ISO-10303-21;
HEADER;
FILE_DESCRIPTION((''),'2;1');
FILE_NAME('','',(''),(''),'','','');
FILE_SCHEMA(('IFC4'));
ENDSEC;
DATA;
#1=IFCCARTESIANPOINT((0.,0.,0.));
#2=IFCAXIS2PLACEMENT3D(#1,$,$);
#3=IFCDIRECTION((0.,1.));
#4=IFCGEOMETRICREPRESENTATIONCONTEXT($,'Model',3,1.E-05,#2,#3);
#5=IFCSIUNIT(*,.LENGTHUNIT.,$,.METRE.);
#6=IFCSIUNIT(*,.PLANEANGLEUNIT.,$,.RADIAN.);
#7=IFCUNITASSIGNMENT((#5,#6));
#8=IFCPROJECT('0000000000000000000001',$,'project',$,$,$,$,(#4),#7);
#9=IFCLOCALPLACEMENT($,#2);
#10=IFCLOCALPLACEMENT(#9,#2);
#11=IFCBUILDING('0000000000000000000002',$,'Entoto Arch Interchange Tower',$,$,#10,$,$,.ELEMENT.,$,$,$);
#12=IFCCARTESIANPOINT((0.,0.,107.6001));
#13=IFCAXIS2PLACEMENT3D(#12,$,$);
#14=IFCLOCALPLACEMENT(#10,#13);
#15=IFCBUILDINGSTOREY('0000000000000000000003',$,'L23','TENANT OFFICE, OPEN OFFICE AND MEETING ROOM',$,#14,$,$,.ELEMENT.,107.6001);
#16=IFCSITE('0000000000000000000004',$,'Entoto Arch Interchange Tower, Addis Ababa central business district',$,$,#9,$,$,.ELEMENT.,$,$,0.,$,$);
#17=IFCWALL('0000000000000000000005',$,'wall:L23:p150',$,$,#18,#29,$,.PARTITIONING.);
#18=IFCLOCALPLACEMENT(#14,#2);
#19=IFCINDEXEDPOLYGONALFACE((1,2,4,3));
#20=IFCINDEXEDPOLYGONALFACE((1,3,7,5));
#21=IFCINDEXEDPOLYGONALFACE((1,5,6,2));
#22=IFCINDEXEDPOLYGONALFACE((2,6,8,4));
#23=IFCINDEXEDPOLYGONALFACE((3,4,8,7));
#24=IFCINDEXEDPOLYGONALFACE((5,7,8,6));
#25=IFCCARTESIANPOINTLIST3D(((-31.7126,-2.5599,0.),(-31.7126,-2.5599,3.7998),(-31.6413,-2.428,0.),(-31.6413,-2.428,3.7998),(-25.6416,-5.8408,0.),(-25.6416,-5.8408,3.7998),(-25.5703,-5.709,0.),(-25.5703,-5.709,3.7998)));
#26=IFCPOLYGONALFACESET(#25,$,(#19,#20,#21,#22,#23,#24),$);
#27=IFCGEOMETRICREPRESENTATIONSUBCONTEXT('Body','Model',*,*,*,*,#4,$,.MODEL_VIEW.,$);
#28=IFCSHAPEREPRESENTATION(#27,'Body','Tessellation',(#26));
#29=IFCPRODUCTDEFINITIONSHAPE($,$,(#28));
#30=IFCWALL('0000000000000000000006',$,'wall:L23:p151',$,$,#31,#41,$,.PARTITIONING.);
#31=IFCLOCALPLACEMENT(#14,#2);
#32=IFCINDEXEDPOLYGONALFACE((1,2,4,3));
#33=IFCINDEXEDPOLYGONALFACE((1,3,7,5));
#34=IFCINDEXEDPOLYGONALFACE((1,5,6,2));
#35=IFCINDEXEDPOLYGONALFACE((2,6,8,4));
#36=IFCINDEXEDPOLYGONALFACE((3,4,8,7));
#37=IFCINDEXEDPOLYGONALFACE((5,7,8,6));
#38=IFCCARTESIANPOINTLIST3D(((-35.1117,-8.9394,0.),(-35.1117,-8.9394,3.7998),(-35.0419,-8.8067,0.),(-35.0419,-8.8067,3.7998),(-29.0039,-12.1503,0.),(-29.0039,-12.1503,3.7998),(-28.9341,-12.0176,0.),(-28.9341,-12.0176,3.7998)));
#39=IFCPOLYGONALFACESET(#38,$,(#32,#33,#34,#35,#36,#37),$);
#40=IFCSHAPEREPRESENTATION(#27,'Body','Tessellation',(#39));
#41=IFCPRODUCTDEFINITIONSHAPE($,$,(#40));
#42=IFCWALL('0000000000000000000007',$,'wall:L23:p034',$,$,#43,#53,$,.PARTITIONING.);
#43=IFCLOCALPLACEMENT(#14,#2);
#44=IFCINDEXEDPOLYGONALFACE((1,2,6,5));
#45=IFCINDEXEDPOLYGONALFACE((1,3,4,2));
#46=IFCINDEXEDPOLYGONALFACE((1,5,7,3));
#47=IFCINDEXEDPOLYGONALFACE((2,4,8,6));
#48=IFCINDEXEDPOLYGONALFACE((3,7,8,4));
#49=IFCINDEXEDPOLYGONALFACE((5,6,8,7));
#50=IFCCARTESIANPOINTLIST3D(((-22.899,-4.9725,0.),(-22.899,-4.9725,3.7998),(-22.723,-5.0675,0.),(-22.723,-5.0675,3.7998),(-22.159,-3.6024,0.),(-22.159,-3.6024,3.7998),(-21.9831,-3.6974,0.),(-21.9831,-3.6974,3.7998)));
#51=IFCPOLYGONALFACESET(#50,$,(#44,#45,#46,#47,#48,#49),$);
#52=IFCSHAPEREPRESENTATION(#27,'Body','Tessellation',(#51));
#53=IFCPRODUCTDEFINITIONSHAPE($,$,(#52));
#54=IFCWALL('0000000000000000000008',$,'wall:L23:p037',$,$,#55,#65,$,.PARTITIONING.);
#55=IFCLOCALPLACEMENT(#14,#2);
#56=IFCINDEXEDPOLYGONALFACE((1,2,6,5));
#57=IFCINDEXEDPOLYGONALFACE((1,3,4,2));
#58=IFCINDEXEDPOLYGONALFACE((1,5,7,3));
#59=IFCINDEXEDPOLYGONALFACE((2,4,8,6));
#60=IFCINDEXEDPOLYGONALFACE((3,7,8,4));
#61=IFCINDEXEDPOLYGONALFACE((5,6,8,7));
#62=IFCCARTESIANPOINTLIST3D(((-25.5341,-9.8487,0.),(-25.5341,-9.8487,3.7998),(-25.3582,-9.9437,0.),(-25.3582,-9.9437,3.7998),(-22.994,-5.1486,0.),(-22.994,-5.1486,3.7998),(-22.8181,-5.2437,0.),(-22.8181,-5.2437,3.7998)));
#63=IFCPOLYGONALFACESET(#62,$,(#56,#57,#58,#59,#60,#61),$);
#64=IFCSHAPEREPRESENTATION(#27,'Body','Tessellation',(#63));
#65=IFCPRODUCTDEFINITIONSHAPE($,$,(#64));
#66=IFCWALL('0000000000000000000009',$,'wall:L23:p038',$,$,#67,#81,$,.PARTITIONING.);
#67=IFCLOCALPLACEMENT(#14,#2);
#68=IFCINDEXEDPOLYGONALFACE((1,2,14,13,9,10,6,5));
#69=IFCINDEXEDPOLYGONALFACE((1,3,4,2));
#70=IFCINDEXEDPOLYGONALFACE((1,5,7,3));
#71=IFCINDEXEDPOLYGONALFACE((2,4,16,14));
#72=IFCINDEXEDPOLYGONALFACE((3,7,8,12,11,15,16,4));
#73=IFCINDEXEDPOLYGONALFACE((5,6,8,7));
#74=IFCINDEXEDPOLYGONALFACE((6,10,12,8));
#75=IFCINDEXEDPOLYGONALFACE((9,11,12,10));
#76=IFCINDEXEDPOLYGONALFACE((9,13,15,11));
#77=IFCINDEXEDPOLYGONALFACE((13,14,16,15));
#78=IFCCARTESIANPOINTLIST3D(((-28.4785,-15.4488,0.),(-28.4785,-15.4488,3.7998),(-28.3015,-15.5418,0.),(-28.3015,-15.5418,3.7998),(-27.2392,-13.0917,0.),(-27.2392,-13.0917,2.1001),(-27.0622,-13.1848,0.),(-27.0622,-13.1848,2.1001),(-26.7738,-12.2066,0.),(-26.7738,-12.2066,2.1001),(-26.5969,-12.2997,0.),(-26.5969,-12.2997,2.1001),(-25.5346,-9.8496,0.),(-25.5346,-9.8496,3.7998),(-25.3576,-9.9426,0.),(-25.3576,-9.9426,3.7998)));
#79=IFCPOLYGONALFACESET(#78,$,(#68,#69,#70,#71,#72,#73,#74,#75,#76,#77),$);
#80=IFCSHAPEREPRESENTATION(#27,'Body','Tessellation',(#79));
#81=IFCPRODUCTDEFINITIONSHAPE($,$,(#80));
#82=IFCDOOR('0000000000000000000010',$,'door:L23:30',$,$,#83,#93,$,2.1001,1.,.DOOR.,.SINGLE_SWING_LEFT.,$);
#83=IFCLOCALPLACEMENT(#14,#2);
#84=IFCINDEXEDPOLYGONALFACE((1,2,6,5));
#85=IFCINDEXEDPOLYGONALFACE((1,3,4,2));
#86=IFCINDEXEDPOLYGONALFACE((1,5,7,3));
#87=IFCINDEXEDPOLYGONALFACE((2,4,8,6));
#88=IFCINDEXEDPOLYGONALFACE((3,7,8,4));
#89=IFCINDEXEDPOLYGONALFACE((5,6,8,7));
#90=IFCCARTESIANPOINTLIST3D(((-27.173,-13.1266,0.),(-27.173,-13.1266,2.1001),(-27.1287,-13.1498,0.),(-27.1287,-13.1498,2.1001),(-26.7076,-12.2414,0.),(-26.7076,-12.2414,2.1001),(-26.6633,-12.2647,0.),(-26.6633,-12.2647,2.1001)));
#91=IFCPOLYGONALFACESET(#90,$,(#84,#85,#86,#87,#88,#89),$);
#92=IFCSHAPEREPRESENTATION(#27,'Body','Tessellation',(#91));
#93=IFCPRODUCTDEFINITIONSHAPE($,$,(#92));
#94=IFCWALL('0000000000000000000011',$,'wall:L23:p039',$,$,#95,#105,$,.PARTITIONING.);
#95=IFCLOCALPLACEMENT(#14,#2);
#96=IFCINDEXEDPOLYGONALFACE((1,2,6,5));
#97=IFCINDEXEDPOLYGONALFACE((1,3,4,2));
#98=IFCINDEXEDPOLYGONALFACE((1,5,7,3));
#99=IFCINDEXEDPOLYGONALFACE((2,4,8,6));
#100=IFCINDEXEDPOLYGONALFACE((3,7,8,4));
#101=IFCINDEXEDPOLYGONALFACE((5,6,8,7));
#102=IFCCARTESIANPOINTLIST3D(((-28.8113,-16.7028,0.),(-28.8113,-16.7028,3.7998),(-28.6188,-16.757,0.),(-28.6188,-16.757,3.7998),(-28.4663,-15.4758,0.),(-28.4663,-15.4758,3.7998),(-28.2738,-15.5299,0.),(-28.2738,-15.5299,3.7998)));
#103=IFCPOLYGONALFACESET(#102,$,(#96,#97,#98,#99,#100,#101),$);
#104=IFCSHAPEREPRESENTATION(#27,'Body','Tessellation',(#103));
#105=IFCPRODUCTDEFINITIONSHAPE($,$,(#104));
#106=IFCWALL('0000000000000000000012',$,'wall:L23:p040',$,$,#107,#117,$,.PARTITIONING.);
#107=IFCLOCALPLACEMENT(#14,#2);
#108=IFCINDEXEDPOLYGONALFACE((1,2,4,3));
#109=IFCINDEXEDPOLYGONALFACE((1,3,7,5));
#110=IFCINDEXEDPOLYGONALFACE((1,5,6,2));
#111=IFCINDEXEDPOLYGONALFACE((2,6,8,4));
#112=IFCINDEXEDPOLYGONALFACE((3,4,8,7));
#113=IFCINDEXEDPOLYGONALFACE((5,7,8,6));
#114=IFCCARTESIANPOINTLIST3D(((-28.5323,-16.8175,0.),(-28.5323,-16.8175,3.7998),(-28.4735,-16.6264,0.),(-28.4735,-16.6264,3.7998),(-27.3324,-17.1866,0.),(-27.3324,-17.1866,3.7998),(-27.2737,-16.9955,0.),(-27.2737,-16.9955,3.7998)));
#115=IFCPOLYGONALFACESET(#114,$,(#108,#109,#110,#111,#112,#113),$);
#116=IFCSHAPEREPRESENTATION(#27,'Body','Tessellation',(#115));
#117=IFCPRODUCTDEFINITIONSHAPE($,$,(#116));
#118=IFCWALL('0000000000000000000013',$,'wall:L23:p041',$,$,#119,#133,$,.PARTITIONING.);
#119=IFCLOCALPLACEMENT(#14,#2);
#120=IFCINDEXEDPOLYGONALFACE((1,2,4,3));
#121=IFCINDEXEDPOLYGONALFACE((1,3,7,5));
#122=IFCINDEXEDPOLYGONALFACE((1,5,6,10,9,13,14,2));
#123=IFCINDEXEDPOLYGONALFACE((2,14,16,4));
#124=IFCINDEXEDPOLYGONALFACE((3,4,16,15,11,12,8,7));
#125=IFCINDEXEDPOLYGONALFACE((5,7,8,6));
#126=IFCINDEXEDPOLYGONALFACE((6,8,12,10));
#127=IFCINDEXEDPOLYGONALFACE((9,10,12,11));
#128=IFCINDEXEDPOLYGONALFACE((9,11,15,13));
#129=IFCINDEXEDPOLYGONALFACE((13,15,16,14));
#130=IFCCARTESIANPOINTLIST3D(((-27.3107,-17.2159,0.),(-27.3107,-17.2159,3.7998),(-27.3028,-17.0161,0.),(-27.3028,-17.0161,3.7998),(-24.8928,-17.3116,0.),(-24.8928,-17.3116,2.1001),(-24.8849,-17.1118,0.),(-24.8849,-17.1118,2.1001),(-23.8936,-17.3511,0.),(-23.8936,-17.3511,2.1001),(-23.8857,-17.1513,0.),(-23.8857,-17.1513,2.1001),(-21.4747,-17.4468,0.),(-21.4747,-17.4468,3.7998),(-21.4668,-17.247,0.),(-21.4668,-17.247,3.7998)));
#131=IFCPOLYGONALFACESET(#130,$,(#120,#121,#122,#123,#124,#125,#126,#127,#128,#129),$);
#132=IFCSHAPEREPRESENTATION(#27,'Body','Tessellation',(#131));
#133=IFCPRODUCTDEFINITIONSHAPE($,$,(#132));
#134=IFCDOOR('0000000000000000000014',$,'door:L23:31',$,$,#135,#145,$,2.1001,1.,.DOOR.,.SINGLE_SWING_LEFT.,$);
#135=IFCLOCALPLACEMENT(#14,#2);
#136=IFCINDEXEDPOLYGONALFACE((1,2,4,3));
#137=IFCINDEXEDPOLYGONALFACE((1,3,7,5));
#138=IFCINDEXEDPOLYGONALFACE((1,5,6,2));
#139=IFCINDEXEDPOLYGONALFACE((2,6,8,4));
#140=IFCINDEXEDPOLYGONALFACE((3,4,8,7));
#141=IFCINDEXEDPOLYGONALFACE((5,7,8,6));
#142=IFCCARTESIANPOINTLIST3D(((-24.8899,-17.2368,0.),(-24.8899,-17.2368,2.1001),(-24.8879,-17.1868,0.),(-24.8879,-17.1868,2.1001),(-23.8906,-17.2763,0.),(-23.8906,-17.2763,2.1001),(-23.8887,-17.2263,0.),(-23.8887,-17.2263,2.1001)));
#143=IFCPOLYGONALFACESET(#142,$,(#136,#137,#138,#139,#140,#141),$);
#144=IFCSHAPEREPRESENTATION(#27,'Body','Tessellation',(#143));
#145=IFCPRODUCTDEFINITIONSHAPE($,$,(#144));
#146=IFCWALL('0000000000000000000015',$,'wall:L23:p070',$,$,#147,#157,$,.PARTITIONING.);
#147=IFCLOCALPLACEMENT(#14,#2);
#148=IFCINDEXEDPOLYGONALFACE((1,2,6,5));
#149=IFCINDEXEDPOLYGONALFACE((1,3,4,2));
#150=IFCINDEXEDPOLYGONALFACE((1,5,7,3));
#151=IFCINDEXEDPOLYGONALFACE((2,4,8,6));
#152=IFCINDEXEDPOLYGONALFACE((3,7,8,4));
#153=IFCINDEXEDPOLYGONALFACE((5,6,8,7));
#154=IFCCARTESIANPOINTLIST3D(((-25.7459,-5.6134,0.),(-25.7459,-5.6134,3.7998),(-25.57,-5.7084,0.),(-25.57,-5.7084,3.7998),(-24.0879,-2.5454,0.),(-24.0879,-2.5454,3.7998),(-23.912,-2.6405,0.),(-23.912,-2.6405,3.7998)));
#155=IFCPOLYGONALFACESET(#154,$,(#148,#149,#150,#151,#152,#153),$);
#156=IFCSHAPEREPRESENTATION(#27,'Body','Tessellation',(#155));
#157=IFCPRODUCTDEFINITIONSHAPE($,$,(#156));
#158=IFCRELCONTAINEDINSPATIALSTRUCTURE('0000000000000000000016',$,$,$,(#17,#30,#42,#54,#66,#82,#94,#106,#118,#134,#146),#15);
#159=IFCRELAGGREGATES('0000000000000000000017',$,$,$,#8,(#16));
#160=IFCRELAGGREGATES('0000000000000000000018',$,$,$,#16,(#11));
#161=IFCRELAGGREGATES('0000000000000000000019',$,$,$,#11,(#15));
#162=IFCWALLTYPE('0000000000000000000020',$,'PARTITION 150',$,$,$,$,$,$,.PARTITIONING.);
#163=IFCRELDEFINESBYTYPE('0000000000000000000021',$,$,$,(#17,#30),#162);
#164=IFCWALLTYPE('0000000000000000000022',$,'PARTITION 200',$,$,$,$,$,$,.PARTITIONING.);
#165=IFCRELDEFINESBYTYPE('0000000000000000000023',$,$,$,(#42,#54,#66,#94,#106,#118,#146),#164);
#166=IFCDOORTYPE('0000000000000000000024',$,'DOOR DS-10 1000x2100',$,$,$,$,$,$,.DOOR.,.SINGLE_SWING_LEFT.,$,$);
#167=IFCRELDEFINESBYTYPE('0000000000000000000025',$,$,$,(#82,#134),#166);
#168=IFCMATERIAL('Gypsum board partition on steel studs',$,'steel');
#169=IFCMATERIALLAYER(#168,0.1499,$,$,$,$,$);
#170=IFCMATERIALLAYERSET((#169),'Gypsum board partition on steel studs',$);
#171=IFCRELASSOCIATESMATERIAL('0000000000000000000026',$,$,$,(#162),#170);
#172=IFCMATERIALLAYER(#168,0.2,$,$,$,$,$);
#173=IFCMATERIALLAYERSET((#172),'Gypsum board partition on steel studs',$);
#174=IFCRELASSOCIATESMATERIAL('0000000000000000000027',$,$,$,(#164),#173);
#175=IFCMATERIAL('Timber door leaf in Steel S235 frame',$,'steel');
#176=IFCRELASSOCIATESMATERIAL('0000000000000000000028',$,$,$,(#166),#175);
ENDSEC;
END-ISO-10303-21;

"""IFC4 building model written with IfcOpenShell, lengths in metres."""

from ifc_helpers import new_model, si_unit, direction, frame, frame_2d, origin, place, context, subcontext, project, spatial, rectangle, extrude, material, layer, layer_set, type_object, element, fill, save


model = new_model("IFC4")

# Units and contexts
model_context = context("Model", 3, precision=1e-05, world=origin(), true_north=direction((0.0, 1.0)))
body_context = subcontext(model_context, "Body", "Model", "MODEL_VIEW")
ifc_project = project(units=[si_unit("LENGTHUNIT", "METRE"), si_unit("PLANEANGLEUNIT", "RADIAN")], contexts=[model_context])

# Site, building, storey
site_placement = place(None, origin())
site = spatial("IfcSite", under=ifc_project, at=site_placement, Name="Entoto Arch Interchange Tower, Addis Ababa central business district", CompositionType="ELEMENT", RefElevation=0.0)
building_placement = place(site_placement, origin())
building = spatial("IfcBuilding", under=site, at=building_placement, Name="Entoto Arch Interchange Tower", CompositionType="ELEMENT")
storey_placement = place(building_placement, frame((0.0, 0.0, 107.6001)))
storey = spatial("IfcBuildingStorey", under=building, at=storey_placement, Name="L23", Description="TENANT OFFICE, OPEN OFFICE AND MEETING ROOM", CompositionType="ELEMENT", Elevation=107.6001)

# Walls
ifc_material_1 = material(Name="Gypsum board partition on steel studs", Category="steel")
ifc_layer_1 = layer(ifc_material_1, 0.1499)
ifc_layer_set_1 = layer_set([ifc_layer_1], Name="Gypsum board partition on steel studs")
wall_type_1 = type_object("IfcWallType", Name="PARTITION 150", PredefinedType="PARTITIONING", material=ifc_layer_set_1)
wall_1_placement = place(storey_placement, frame((-25.606, -5.7749, 0.0), z_axis=(0.0, 0.0, 1.0), x_axis=(-0.879745, 0.475445, 0.0)))
element("IfcWall", 1, at=wall_1_placement, inside=storey, type_object=wall_type_1, Name="wall:L23:p150", PredefinedType="PARTITIONING", context=body_context, shape_type="SweptSolid", body=[
    extrude(rectangle(XDim=6.9009, YDim=0.1499, at=frame_2d((3.4504, 0.0))), origin(), (0.0, 0.0, 1.0), 3.7998),
])
wall_2_placement = place(storey_placement, frame((-28.969, -12.084, 0.0), z_axis=(0.0, 0.0, 1.0), x_axis=(-0.885142, 0.465321, 0.0)))
element("IfcWall", 2, at=wall_2_placement, inside=storey, type_object=wall_type_1, Name="wall:L23:p151", PredefinedType="PARTITIONING", context=body_context, shape_type="SweptSolid", body=[
    extrude(rectangle(XDim=6.9004, YDim=0.1499, at=frame_2d((3.4502, 0.0))), origin(), (0.0, 0.0, 1.0), 3.7998),
])
ifc_layer_2 = layer(ifc_material_1, 0.2)
ifc_layer_set_2 = layer_set([ifc_layer_2], Name="Gypsum board partition on steel studs")
wall_type_2 = type_object("IfcWallType", Name="PARTITION 200", PredefinedType="PARTITIONING", material=ifc_layer_set_2)
wall_3_placement = place(storey_placement, frame((-22.071, -3.6499, 0.0), z_axis=(0.0, 0.0, 1.0), x_axis=(-0.475212, -0.879871, 0.0)))
element("IfcWall", 3, at=wall_3_placement, inside=storey, type_object=wall_type_2, Name="wall:L23:p034", PredefinedType="PARTITIONING", context=body_context, shape_type="SweptSolid", body=[
    extrude(rectangle(XDim=1.5571, YDim=0.2, at=frame_2d((0.7786, 0.0))), origin(), (0.0, 0.0, 1.0), 3.7998),
])
wall_4_placement = place(storey_placement, frame((-22.906, -5.196, 0.0), z_axis=(0.0, 0.0, 1.0), x_axis=(-0.475448, -0.879744, 0.0)))
element("IfcWall", 4, at=wall_4_placement, inside=storey, type_object=wall_type_2, Name="wall:L23:p037", PredefinedType="PARTITIONING", context=body_context, shape_type="SweptSolid", body=[
    extrude(rectangle(XDim=5.3425, YDim=0.2, at=frame_2d((2.6714, 0.0))), origin(), (0.0, 0.0, 1.0), 3.7998),
])

# Wall, opening, door
wall_5_placement = place(storey_placement, frame((-25.446, -9.896, 0.0), z_axis=(0.0, 0.0, 1.0), x_axis=(-0.465368, -0.885117, 0.0)))
wall_5 = element("IfcWall", 5, at=wall_5_placement, inside=storey, type_object=wall_type_2, Name="wall:L23:p038", PredefinedType="PARTITIONING", context=body_context, shape_type="SweptSolid", body=[
    extrude(rectangle(XDim=6.3259, YDim=0.2, at=frame_2d((3.1631, 0.0))), origin(), (0.0, 0.0, 1.0), 3.7998),
])
opening_1_placement = place(wall_5_placement, frame((2.6631, 0.0, 0.0)))
opening_1 = element("IfcOpeningElement", 6, at=opening_1_placement, cuts=wall_5, PredefinedType="OPENING", context=body_context, shape_type="SweptSolid", body=[
    extrude(rectangle(XDim=1.0, YDim=2.1001, at=frame_2d((0.5, 1.05))), frame((0.0, 0.1099, 0.0), z_axis=(0.0, -1.0, 0.0), x_axis=(1.0, 0.0, 0.0)), (0.0, 0.0, 1.0), 0.22),
])
ifc_material_2 = material(Name="Timber door leaf in Steel S235 frame", Category="steel")
door_type = type_object("IfcDoorType", Name="DOOR DS-10 1000x2100", OperationType="SINGLE_SWING_LEFT", PredefinedType="DOOR", material=ifc_material_2)
door_1_placement = place(opening_1_placement, origin())
door_1 = element("IfcDoor", 7, at=door_1_placement, inside=storey, type_object=door_type, Name="door:L23:30", OperationType="SINGLE_SWING_LEFT", OverallHeight=2.1001, OverallWidth=1.0, PredefinedType="DOOR", context=body_context, shape_type="SweptSolid", body=[
    extrude(rectangle(XDim=1.0, YDim=2.1001, at=frame_2d((0.5, 1.05))), frame((0.0, 0.0249, 0.0), z_axis=(0.0, -1.0, 0.0), x_axis=(1.0, 0.0, 0.0)), (0.0, 0.0, 1.0), 0.05),
])
fill(opening_1, door_1)

# Walls
wall_6_placement = place(storey_placement, frame((-28.3701, -15.5029, 0.0), z_axis=(0.0, 0.0, 1.0), x_axis=(-0.270646, -0.962679, 0.0)))
element("IfcWall", 8, at=wall_6_placement, inside=storey, type_object=wall_type_2, Name="wall:L23:p039", PredefinedType="PARTITIONING", context=body_context, shape_type="SweptSolid", body=[
    extrude(rectangle(XDim=1.2747, YDim=0.2, at=frame_2d((0.6372, 0.0))), origin(), (0.0, 0.0, 1.0), 3.7998),
])
wall_7_placement = place(storey_placement, frame((-28.5029, -16.7219, 0.0), z_axis=(0.0, 0.0, 1.0), x_axis=(0.955796, -0.294031, 0.0)))
element("IfcWall", 9, at=wall_7_placement, inside=storey, type_object=wall_type_2, Name="wall:L23:p040", PredefinedType="PARTITIONING", context=body_context, shape_type="SweptSolid", body=[
    extrude(rectangle(XDim=1.2554, YDim=0.2, at=frame_2d((0.6277, 0.0))), origin(), (0.0, 0.0, 1.0), 3.7998),
])

# Wall, opening, door
wall_8_placement = place(storey_placement, frame((-27.3069, -17.116, 0.0), z_axis=(0.0, 0.0, 1.0), x_axis=(0.999218, -0.039544, 0.0)))
wall_8 = element("IfcWall", 10, at=wall_8_placement, inside=storey, type_object=wall_type_2, Name="wall:L23:p041", PredefinedType="PARTITIONING", context=body_context, shape_type="SweptSolid", body=[
    extrude(rectangle(XDim=5.8406, YDim=0.2, at=frame_2d((2.9204, 0.0))), origin(), (0.0, 0.0, 1.0), 3.7998),
])
opening_2_placement = place(wall_8_placement, frame((2.4199, 0.0, 0.0)))
opening_2 = element("IfcOpeningElement", 11, at=opening_2_placement, cuts=wall_8, PredefinedType="OPENING", context=body_context, shape_type="SweptSolid", body=[
    extrude(rectangle(XDim=1.0, YDim=2.1001, at=frame_2d((0.5, 1.05))), frame((0.0, 0.1099, 0.0), z_axis=(0.0, -1.0, 0.0), x_axis=(1.0, 0.0, 0.0)), (0.0, 0.0, 1.0), 0.22),
])
door_2_placement = place(opening_2_placement, origin())
door_2 = element("IfcDoor", 12, at=door_2_placement, inside=storey, type_object=door_type, Name="door:L23:31", OperationType="SINGLE_SWING_LEFT", OverallHeight=2.1001, OverallWidth=1.0, PredefinedType="DOOR", context=body_context, shape_type="SweptSolid", body=[
    extrude(rectangle(XDim=1.0, YDim=2.1001, at=frame_2d((0.5, 1.05))), frame((0.0, 0.0249, 0.0), z_axis=(0.0, -1.0, 0.0), x_axis=(1.0, 0.0, 0.0)), (0.0, 0.0, 1.0), 0.05),
])
fill(opening_2, door_2)

# Wall
wall_9_placement = place(storey_placement, frame((-25.658, -5.6609, 0.0), z_axis=(0.0, 0.0, 1.0), x_axis=(0.475439, 0.879748, 0.0)))
element("IfcWall", 13, at=wall_9_placement, inside=storey, type_object=wall_type_2, Name="wall:L23:p070", PredefinedType="PARTITIONING", context=body_context, shape_type="SweptSolid", body=[
    extrude(rectangle(XDim=3.4873, YDim=0.2, at=frame_2d((1.7437, 0.0))), origin(), (0.0, 0.0, 1.0), 3.7998),
])

save(model, "model.ifc")
